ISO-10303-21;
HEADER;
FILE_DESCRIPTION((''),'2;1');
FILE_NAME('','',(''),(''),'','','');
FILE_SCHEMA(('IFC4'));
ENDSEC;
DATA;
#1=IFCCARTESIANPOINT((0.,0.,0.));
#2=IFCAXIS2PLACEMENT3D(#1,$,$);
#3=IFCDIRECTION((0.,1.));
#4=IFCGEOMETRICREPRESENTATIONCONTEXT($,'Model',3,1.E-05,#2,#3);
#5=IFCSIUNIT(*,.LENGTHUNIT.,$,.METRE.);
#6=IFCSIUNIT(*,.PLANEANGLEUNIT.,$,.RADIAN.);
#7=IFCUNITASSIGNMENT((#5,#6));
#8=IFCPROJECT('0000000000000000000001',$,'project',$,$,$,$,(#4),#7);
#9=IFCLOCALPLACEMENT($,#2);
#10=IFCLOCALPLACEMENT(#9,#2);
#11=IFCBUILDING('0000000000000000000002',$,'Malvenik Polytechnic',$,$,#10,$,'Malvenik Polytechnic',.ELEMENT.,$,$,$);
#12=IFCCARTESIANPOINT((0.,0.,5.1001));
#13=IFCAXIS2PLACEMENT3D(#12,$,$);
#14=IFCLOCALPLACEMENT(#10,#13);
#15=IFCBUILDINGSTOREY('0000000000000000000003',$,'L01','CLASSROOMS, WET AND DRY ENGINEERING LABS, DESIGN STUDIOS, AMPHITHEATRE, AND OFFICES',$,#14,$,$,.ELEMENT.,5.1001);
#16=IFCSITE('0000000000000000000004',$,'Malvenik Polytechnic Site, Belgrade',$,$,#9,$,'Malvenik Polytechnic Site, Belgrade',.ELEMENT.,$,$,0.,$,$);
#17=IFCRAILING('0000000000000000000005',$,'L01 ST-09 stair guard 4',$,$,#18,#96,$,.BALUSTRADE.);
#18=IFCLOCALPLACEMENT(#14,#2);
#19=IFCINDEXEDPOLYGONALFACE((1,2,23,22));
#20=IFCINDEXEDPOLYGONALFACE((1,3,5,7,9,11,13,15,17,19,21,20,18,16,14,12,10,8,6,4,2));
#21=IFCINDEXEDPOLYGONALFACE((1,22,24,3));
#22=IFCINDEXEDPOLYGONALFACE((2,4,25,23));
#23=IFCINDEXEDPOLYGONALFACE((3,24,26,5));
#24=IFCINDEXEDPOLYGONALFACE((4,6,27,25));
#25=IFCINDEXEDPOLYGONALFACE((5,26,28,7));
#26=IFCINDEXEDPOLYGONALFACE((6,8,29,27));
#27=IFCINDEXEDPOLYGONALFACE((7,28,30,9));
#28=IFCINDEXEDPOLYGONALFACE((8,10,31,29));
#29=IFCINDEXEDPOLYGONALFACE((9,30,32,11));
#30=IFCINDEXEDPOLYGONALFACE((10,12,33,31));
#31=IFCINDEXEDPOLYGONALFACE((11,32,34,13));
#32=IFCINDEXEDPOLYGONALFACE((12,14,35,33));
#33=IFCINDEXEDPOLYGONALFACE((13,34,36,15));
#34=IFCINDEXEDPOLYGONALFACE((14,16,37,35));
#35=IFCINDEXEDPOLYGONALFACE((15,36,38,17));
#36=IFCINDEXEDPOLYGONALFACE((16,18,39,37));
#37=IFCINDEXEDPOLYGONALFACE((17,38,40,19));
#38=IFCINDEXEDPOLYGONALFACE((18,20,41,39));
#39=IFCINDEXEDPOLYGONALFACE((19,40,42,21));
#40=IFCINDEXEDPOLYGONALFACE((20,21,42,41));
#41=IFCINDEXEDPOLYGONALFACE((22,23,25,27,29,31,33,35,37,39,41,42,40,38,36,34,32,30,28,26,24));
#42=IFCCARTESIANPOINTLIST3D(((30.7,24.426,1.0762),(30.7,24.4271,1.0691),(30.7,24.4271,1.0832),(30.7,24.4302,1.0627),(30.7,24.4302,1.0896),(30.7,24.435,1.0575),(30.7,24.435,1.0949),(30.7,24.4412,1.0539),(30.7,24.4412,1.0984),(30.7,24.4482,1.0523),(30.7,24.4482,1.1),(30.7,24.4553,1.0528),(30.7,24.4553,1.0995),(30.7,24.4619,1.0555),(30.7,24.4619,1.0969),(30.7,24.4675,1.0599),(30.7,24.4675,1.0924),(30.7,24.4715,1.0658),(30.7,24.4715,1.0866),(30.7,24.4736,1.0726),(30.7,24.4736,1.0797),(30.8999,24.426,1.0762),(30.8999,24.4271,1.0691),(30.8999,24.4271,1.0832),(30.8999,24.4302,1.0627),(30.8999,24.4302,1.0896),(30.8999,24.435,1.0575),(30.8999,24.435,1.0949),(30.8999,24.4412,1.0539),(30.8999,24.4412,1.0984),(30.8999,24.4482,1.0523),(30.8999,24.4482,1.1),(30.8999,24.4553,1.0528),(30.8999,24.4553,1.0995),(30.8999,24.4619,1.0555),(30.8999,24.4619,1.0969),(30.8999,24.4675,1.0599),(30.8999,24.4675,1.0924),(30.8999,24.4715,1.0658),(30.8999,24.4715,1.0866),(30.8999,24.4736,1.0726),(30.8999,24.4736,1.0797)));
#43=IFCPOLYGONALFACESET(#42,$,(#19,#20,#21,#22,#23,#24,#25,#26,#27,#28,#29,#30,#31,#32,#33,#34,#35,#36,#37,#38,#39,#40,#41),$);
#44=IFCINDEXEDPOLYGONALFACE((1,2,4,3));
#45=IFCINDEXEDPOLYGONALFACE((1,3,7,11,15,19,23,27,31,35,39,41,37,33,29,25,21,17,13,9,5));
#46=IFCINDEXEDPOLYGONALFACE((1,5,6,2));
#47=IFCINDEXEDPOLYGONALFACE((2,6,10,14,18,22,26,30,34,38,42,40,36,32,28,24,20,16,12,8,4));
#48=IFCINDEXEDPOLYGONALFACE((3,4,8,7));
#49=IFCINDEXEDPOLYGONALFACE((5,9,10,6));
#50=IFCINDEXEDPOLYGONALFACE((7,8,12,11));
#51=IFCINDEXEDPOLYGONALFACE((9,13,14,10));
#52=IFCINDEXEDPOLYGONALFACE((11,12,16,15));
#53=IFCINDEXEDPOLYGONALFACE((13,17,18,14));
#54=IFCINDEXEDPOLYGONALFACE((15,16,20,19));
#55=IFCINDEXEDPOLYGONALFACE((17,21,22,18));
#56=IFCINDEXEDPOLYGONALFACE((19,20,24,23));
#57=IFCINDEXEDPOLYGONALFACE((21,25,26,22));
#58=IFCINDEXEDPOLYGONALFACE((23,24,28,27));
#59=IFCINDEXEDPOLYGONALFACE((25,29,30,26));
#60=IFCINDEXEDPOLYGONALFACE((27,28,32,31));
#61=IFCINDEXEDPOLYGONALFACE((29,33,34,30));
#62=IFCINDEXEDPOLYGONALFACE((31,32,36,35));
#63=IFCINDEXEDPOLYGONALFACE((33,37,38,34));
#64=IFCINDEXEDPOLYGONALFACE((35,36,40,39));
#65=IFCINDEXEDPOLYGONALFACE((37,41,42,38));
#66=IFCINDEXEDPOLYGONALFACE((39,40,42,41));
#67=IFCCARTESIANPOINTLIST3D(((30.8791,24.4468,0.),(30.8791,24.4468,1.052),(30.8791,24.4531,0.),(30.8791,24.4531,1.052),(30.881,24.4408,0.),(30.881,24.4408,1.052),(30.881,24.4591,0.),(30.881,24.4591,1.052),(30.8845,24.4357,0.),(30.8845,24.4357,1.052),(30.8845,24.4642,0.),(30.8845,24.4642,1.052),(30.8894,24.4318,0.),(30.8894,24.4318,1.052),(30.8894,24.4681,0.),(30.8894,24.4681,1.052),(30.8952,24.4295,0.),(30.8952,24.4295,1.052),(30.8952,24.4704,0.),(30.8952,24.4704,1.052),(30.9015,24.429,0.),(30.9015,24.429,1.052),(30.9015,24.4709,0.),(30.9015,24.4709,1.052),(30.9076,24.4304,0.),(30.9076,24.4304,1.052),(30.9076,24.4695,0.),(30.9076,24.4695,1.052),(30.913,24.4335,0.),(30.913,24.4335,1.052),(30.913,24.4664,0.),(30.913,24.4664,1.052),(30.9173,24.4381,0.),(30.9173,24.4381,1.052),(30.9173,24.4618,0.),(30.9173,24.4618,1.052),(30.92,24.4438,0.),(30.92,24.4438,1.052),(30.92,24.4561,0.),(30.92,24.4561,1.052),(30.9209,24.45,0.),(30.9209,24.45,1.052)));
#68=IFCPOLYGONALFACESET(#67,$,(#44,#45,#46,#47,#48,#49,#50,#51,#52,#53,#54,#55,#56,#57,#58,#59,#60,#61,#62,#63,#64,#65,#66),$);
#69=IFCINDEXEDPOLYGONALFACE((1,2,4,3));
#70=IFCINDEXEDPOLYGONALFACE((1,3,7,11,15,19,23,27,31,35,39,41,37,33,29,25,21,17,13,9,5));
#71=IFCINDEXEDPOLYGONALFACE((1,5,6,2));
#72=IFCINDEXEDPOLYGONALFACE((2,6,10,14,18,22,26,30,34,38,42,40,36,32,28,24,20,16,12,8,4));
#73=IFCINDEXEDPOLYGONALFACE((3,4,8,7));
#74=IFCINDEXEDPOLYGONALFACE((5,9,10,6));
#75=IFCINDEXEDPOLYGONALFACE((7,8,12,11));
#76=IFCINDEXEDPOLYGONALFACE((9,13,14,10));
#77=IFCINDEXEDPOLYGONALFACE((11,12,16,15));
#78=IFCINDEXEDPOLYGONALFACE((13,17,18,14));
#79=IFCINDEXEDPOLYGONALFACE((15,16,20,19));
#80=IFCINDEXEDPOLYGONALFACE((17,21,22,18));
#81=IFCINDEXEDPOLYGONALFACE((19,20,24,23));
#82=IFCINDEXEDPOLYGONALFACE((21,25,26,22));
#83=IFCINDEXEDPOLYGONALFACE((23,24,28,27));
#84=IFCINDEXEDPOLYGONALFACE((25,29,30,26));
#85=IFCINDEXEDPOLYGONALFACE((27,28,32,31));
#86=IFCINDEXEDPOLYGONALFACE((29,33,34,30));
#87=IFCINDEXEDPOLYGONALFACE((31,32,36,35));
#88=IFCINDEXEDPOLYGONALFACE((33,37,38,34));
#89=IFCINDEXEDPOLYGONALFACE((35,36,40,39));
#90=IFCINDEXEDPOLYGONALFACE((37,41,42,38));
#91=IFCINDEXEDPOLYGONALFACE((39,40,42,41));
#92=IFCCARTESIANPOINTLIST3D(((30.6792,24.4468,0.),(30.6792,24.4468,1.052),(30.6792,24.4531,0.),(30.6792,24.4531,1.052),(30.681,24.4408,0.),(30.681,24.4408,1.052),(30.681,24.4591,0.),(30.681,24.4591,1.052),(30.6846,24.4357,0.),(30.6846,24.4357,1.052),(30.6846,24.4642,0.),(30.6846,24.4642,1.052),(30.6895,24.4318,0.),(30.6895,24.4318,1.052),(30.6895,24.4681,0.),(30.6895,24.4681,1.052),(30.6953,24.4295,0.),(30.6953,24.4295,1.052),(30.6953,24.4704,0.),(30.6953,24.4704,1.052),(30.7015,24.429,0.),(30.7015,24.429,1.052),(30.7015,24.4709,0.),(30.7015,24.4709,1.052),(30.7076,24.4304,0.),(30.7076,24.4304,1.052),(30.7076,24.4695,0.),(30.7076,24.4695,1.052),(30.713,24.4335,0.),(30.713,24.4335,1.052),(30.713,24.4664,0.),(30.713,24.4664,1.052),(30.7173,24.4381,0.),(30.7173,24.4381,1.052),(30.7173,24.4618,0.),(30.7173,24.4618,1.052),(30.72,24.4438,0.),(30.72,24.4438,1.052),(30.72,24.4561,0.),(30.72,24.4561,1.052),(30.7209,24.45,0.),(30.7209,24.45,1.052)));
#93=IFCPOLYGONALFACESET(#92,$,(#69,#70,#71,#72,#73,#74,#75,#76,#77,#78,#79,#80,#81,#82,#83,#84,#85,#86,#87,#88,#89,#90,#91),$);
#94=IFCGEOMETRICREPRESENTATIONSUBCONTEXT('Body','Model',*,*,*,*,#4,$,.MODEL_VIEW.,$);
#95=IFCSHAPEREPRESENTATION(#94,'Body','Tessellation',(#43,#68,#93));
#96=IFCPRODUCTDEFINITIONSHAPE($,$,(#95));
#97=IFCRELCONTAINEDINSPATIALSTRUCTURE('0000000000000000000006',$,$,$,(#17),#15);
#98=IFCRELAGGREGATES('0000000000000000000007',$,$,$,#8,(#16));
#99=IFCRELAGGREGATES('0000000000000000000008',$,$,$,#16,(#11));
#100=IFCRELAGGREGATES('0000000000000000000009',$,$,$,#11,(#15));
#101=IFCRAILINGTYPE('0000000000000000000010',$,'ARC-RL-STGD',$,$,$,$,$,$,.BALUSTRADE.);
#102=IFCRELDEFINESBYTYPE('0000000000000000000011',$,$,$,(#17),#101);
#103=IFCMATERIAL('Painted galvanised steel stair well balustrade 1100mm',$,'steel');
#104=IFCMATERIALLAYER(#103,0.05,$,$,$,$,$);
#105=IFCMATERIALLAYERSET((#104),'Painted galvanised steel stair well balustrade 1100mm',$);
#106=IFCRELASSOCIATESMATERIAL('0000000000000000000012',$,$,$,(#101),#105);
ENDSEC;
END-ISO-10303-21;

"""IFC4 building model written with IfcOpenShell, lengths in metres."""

from ifc_helpers import new_model, si_unit, direction, frame, origin, origin_2d, place, context, subcontext, project, spatial, circle, extrude, material, layer, layer_set, type_object, element, save


model = new_model("IFC4")

# Units and contexts
model_context = context("Model", 3, precision=1e-05, world=origin(), true_north=direction((0.0, 1.0)))
body_context = subcontext(model_context, "Body", "Model", "MODEL_VIEW")
ifc_project = project(units=[si_unit("LENGTHUNIT", "METRE"), si_unit("PLANEANGLEUNIT", "RADIAN")], contexts=[model_context])

# Site, building, storey
site_placement = place(None, origin())
site = spatial("IfcSite", under=ifc_project, at=site_placement, Name="Malvenik Polytechnic Site, Belgrade", LongName="Malvenik Polytechnic Site, Belgrade", CompositionType="ELEMENT", RefElevation=0.0)
building_placement = place(site_placement, origin())
building = spatial("IfcBuilding", under=site, at=building_placement, Name="Malvenik Polytechnic", LongName="Malvenik Polytechnic", CompositionType="ELEMENT")
storey_placement = place(building_placement, frame((0.0, 0.0, 5.1001)))
storey = spatial("IfcBuildingStorey", under=building, at=storey_placement, Name="L01", Description="CLASSROOMS, WET AND DRY ENGINEERING LABS, DESIGN STUDIOS, AMPHITHEATRE, AND OFFICES", CompositionType="ELEMENT", Elevation=5.1001)

# Railing
ifc_material_1 = material(Name="Painted galvanised steel stair well balustrade 1100mm", Category="steel")
ifc_layer_1 = layer(ifc_material_1, 0.05)
ifc_layer_set_1 = layer_set([ifc_layer_1], Name="Painted galvanised steel stair well balustrade 1100mm")
railing_type_1 = type_object("IfcRailingType", Name="ARC-RL-STGD", PredefinedType="BALUSTRADE", material=ifc_layer_set_1)
railing_1_placement = place(storey_placement, frame((30.8999, 24.45, 0.0)))
element("IfcRailing", 1, at=railing_1_placement, inside=storey, type_object=railing_type_1, Name="L01 ST-09 stair guard 4", PredefinedType="BALUSTRADE", context=body_context, shape_type="SweptSolid", body=[
    extrude(circle(Radius=0.0239, at=origin_2d()), frame((0.0, 0.0, 1.0762), z_axis=(-1.0, 0.0, 0.0), x_axis=(0.0, -1.0, 0.0)), (0.0, 0.0, 1.0), 0.2),
    extrude(circle(Radius=0.021, at=origin_2d()), origin(), (0.0, 0.0, 1.0), 1.052),
    extrude(circle(Radius=0.021, at=origin_2d()), frame((-0.2, 0.0, 0.0)), (0.0, 0.0, 1.0), 1.052),
])

save(model, "model.ifc")
